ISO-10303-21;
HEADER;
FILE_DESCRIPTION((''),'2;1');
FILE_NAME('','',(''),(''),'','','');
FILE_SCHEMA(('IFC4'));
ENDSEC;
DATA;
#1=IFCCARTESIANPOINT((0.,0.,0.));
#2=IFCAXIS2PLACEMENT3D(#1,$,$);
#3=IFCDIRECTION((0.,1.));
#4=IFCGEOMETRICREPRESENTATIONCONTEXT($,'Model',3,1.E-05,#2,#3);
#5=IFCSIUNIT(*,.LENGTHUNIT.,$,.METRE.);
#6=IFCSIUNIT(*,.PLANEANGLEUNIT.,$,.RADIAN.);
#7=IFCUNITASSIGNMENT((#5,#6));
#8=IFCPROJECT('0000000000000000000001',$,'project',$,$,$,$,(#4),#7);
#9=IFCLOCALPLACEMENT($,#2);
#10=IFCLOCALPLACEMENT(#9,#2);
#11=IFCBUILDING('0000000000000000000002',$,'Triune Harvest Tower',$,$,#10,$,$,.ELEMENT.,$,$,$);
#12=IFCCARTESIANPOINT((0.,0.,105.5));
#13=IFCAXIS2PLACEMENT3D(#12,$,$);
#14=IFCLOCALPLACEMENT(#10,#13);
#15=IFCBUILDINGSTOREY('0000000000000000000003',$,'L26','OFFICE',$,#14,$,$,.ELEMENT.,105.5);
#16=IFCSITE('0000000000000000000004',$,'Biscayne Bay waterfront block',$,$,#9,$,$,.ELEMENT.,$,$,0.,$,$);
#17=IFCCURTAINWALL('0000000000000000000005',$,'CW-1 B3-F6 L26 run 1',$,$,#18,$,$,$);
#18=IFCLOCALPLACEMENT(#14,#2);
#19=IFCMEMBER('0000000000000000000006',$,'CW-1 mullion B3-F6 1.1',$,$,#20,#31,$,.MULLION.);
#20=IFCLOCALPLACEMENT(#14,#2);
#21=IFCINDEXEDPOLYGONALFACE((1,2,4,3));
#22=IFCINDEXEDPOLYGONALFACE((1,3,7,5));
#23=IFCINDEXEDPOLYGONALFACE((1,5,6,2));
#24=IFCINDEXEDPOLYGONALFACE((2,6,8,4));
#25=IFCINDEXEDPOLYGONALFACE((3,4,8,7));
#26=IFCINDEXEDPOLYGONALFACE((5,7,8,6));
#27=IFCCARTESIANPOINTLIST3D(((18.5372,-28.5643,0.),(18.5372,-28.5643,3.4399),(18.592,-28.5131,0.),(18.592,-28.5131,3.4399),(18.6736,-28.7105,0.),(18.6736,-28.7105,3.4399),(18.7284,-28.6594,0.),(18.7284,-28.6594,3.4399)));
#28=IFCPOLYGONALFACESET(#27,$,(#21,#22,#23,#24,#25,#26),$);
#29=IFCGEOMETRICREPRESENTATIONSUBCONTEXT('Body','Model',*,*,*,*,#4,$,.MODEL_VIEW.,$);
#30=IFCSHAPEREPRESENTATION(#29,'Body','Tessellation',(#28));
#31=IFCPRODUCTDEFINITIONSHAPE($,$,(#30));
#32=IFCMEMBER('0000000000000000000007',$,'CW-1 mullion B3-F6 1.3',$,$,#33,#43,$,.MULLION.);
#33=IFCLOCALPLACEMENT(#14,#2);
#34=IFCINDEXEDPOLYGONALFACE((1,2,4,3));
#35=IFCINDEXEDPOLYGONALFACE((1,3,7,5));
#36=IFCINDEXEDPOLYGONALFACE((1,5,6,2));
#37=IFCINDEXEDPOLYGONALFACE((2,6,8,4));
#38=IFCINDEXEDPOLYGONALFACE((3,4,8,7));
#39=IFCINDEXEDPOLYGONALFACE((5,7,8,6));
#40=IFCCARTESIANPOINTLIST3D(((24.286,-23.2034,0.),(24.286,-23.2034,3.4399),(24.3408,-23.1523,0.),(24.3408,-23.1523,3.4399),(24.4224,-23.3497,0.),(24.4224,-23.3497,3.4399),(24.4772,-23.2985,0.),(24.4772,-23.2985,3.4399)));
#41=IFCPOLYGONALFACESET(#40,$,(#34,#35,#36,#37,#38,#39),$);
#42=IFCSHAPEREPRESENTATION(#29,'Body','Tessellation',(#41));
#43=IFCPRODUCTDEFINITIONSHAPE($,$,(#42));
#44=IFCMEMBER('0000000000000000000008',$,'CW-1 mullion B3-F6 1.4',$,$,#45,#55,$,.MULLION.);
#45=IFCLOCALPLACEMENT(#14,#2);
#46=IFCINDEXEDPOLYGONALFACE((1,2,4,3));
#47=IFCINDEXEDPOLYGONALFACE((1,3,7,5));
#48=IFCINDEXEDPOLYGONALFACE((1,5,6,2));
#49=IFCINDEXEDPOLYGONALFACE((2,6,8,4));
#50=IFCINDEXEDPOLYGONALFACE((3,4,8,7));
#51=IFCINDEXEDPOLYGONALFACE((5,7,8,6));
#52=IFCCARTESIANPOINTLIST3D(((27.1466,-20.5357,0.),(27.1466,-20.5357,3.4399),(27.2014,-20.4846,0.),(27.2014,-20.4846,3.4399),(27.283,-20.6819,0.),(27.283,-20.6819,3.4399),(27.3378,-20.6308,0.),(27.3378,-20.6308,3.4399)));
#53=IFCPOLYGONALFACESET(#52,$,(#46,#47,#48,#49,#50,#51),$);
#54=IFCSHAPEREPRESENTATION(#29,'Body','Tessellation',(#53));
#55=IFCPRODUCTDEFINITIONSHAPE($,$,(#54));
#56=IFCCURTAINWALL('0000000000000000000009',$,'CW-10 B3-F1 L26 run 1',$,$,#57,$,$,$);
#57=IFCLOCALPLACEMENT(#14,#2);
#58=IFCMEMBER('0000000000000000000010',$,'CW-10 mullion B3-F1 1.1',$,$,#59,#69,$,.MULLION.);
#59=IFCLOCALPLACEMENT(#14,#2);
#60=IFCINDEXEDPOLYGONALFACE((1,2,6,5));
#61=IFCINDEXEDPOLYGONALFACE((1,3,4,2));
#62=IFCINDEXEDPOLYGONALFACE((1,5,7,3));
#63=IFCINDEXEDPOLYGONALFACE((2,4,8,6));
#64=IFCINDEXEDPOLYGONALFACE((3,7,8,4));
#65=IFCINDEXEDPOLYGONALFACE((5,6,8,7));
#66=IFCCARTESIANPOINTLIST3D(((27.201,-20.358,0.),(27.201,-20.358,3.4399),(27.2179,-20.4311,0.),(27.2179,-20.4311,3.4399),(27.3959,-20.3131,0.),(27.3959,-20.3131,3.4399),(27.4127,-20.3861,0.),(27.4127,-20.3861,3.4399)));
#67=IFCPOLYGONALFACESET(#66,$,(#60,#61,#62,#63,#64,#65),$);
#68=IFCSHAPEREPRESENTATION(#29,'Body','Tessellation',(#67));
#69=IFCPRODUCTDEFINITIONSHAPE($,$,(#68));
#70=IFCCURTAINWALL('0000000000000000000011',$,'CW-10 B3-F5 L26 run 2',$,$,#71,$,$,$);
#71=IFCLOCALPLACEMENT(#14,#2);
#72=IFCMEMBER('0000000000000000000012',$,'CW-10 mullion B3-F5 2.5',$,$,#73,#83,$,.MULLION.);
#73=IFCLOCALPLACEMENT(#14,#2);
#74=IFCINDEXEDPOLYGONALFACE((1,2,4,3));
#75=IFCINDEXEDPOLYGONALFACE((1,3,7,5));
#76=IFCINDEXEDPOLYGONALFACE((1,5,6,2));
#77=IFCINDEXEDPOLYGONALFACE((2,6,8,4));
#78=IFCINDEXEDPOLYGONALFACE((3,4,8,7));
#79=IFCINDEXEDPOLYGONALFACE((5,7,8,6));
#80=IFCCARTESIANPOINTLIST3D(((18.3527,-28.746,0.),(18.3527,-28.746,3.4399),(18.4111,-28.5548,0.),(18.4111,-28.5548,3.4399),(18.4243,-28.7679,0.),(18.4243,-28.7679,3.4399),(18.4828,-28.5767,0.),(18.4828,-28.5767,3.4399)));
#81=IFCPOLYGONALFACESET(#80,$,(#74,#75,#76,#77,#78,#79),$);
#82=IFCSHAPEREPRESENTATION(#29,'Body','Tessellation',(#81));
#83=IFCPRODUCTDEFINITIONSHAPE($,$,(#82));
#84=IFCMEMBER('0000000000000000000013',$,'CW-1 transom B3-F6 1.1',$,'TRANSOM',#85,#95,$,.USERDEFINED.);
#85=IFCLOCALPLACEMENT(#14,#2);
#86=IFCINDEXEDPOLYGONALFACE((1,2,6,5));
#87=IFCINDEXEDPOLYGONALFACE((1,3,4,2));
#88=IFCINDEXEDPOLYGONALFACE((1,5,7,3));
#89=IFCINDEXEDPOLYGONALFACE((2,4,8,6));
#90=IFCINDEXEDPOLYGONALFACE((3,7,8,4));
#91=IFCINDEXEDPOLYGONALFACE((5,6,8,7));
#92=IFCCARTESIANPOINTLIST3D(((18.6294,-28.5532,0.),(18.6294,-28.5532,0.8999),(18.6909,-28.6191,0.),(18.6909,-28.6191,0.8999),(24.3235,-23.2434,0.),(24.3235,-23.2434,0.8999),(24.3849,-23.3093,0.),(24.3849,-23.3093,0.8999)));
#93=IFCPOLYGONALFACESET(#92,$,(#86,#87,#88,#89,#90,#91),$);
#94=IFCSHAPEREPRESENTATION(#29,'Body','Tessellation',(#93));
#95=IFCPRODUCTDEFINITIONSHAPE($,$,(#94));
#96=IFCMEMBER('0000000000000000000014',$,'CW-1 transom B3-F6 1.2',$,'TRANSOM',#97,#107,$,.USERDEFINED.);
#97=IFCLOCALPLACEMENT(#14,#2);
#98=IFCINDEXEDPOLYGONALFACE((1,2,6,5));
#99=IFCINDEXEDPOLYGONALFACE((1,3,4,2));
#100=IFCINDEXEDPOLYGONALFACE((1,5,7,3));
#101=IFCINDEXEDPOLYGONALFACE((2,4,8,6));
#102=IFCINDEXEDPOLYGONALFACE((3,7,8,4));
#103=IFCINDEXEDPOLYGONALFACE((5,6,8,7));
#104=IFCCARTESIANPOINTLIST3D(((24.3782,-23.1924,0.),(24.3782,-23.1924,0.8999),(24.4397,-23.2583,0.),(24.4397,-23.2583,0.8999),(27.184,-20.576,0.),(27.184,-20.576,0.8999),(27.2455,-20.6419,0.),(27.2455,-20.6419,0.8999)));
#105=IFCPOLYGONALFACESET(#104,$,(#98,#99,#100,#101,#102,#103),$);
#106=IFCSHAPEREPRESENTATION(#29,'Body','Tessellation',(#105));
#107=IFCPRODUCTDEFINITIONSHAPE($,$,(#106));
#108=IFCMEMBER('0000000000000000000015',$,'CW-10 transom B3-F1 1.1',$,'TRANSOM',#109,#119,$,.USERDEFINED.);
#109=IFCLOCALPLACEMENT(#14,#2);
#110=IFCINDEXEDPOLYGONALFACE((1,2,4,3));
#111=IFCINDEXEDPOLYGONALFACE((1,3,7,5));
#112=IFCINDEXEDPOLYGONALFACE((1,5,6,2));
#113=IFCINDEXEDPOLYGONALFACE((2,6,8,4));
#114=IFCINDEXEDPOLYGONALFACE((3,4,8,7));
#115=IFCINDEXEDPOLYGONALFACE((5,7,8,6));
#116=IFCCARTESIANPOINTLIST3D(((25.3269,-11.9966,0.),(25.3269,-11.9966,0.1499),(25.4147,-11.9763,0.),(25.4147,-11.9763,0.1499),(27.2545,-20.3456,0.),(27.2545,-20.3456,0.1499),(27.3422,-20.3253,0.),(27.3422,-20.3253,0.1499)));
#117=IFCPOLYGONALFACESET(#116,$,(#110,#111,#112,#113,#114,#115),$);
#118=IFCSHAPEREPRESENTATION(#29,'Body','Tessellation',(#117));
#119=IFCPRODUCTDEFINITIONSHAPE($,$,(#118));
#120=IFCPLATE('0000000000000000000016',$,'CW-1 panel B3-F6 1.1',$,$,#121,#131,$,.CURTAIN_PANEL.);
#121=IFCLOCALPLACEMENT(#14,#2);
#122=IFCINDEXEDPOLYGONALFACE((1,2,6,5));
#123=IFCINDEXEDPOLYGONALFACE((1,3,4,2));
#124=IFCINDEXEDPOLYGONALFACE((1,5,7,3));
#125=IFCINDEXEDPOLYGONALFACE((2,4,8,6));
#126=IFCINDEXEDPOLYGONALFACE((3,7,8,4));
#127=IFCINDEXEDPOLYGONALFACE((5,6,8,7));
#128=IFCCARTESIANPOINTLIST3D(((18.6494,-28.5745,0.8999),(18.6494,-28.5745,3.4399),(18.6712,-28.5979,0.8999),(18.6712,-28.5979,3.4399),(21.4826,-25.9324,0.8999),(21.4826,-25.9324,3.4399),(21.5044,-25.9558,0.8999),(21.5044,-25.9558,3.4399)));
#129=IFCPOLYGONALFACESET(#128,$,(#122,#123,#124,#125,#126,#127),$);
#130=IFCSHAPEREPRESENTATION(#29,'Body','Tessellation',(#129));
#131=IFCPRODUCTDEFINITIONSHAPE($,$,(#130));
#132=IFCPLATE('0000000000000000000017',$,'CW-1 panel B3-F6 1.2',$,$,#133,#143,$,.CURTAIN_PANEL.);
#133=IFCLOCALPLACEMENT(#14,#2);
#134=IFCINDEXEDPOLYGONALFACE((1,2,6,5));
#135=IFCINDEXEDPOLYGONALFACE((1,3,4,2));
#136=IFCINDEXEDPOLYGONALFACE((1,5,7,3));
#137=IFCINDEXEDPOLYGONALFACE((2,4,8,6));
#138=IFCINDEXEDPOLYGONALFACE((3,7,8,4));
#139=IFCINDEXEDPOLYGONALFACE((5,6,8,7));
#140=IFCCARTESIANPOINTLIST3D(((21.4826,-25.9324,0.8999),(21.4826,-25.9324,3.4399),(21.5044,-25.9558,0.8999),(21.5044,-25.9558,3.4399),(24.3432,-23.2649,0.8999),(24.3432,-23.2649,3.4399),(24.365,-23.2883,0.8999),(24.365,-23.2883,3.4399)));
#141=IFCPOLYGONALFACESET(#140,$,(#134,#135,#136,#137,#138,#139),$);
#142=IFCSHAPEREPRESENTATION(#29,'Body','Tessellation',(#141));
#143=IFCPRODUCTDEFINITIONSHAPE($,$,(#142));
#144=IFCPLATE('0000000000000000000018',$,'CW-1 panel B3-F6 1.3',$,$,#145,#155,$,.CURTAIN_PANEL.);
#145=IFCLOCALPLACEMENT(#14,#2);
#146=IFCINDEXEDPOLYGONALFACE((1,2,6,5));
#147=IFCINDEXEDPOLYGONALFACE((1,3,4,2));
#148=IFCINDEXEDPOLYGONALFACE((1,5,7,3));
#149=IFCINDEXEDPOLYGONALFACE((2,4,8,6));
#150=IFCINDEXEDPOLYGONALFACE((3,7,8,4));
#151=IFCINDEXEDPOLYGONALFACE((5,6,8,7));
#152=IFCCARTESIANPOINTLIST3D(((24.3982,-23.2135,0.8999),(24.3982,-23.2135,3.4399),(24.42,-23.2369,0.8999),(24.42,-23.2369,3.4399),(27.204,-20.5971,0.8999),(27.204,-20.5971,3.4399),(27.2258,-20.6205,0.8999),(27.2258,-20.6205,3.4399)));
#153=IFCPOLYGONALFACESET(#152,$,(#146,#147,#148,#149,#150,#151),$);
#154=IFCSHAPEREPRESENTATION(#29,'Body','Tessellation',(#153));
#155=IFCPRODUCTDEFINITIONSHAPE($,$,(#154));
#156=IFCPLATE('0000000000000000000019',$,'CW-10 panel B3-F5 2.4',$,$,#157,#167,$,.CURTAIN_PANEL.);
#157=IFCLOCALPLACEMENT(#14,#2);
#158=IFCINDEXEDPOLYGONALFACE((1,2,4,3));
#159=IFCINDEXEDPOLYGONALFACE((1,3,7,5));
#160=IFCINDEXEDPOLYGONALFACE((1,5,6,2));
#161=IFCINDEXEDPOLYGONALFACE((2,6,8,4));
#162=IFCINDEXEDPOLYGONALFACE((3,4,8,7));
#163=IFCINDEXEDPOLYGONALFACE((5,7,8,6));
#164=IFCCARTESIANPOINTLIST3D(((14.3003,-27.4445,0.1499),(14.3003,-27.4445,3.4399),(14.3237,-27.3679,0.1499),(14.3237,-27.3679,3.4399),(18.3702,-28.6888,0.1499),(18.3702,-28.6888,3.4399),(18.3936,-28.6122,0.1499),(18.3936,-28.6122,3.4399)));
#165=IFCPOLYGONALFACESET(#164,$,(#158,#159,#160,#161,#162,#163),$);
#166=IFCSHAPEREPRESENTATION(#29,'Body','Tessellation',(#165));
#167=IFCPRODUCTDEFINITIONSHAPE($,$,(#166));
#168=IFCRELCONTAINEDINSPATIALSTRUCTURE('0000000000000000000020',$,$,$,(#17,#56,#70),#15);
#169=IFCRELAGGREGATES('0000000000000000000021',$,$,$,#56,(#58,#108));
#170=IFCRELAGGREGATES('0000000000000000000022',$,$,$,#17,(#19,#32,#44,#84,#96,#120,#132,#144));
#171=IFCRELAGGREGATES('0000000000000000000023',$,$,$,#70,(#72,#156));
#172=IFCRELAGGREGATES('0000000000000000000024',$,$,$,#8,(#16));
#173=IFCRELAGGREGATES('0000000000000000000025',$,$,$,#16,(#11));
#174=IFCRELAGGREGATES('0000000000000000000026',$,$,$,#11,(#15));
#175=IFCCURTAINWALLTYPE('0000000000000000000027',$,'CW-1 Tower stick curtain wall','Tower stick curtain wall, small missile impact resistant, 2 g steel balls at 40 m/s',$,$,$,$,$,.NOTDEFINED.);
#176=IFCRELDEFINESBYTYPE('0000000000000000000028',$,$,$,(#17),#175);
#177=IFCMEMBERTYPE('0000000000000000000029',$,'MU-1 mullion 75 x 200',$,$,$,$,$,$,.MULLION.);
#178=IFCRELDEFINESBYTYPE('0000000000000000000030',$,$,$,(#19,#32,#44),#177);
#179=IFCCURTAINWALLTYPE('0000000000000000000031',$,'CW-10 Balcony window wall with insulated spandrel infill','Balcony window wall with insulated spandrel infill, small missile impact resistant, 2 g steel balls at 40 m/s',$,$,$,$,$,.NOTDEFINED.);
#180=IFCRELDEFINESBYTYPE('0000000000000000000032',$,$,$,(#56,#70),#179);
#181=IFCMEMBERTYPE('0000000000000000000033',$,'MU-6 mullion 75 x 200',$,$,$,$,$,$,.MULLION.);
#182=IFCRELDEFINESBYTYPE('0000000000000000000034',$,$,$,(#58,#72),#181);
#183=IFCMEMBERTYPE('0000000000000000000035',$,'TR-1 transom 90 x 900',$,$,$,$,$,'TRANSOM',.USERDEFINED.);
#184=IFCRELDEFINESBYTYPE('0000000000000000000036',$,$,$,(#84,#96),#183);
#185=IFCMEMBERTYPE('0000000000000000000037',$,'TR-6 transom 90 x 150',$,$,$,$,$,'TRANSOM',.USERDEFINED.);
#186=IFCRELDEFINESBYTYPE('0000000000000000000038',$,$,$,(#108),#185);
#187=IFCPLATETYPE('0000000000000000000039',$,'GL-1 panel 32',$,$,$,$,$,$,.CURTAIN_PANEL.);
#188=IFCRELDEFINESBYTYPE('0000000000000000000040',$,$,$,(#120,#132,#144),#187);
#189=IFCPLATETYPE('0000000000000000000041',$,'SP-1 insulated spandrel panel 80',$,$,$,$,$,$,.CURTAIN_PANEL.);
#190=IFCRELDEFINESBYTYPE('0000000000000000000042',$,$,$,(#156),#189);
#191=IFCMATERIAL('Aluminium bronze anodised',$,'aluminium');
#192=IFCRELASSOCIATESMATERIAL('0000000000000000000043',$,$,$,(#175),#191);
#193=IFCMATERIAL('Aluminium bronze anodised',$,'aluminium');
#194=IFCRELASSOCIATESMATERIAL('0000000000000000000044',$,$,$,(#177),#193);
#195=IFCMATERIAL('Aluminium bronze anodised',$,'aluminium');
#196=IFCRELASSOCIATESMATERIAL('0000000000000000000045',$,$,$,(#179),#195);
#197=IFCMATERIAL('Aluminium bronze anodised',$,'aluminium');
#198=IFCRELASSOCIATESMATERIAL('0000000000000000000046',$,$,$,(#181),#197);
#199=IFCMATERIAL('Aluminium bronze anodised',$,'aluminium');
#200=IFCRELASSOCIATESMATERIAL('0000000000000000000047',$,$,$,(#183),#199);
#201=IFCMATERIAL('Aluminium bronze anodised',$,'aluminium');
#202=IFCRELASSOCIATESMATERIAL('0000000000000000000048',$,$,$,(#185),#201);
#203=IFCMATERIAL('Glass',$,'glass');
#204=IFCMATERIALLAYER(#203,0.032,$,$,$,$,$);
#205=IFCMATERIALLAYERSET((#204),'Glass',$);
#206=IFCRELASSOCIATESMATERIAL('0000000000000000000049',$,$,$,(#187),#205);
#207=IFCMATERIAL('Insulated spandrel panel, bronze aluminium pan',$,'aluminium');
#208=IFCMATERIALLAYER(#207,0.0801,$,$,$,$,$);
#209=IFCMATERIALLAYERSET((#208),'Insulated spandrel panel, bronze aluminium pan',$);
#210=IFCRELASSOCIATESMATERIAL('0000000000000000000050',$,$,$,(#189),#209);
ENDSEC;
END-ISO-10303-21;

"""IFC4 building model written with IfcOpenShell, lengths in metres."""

from ifc_helpers import new_model, si_unit, direction, frame, origin, origin_2d, place, context, subcontext, project, spatial, rectangle, extrude, source, transform, mapped, material, layer, layer_set, material_profile, profile_set, type_object, element, aggregate, save


model = new_model("IFC4")

# Units and contexts
model_context = context("Model", 3, precision=1e-05, world=origin(), true_north=direction((0.0, 1.0)))
body_context = subcontext(model_context, "Body", "Model", "MODEL_VIEW")
ifc_project = project(units=[si_unit("LENGTHUNIT", "METRE"), si_unit("PLANEANGLEUNIT", "RADIAN")], contexts=[model_context])

# Site, building, storey
site_placement = place(None, origin())
site = spatial("IfcSite", under=ifc_project, at=site_placement, Name="Biscayne Bay waterfront block", CompositionType="ELEMENT", RefElevation=0.0)
building_placement = place(site_placement, origin())
building = spatial("IfcBuilding", under=site, at=building_placement, Name="Triune Harvest Tower", CompositionType="ELEMENT")
storey_placement = place(building_placement, frame((0.0, 0.0, 105.5)))
storey = spatial("IfcBuildingStorey", under=building, at=storey_placement, Name="L26", Description="OFFICE", CompositionType="ELEMENT", Elevation=105.5)

# Curtain wall, members
ifc_material_1 = material(Name="Aluminium bronze anodised", Category="aluminium")
curtain_wall_type_1 = type_object("IfcCurtainWallType", Name="CW-1 Tower stick curtain wall", Description="Tower stick curtain wall, small missile impact resistant, 2 g steel balls at 40 m/s", PredefinedType="NOTDEFINED", material=ifc_material_1)
curtain_wall_1_placement = place(storey_placement, origin())
curtain_wall_1 = element("IfcCurtainWall", 1, at=curtain_wall_1_placement, inside=storey, type_object=curtain_wall_type_1, Name="CW-1 B3-F6 L26 run 1")
ifc_material_2 = material(Name="Aluminium bronze anodised", Category="aluminium")
ifc_material_profile_1 = material_profile(ifc_material_2, rectangle(XDim=0.2, YDim=0.075, at=origin_2d()), Name="MU-1 mullion 75 x 200")
ifc_profile_set_1 = profile_set([ifc_material_profile_1], Name="Aluminium bronze anodised")
member_type_1 = type_object("IfcMemberType", Name="MU-1 mullion 75 x 200", PredefinedType="MULLION", material=ifc_profile_set_1)
shared_shape_1 = source(origin(), body_context, "Body", "SweptSolid", [
    extrude(rectangle(XDim=0.2, YDim=0.075, at=origin_2d()), origin(), (0.0, 0.0, 1.0), 3.4399),
])
member_1_placement = place(storey_placement, frame((18.6328, -28.6118, 0.0), z_axis=(0.0, 0.0, 1.0), x_axis=(-0.682002, 0.73135, 0.0)))
member_1 = element("IfcMember", 2, at=member_1_placement, type_object=member_type_1, Name="CW-1 mullion B3-F6 1.1", PredefinedType="MULLION", context=body_context, shape_type="MappedRepresentation", body=[
    mapped(shared_shape_1, transform((0.0, 0.0, 0.0), scale=1.0)),
])
member_2_placement = place(storey_placement, frame((24.3816, -23.251, 0.0), z_axis=(0.0, 0.0, 1.0), x_axis=(-0.682002, 0.73135, 0.0)))
member_2 = element("IfcMember", 3, at=member_2_placement, type_object=member_type_1, Name="CW-1 mullion B3-F6 1.3", PredefinedType="MULLION", context=body_context, shape_type="MappedRepresentation", body=[
    mapped(shared_shape_1, transform((0.0, 0.0, 0.0), scale=1.0)),
])
member_3_placement = place(storey_placement, frame((27.2422, -20.5833, 0.0), z_axis=(0.0, 0.0, 1.0), x_axis=(-0.682002, 0.73135, 0.0)))
member_3 = element("IfcMember", 4, at=member_3_placement, type_object=member_type_1, Name="CW-1 mullion B3-F6 1.4", PredefinedType="MULLION", context=body_context, shape_type="MappedRepresentation", body=[
    mapped(shared_shape_1, transform((0.0, 0.0, 0.0), scale=1.0)),
])

# Curtain walls, members
ifc_material_3 = material(Name="Aluminium bronze anodised", Category="aluminium")
curtain_wall_type_2 = type_object("IfcCurtainWallType", Name="CW-10 Balcony window wall with insulated spandrel infill", Description="Balcony window wall with insulated spandrel infill, small missile impact resistant, 2 g steel balls at 40 m/s", PredefinedType="NOTDEFINED", material=ifc_material_3)
curtain_wall_2_placement = place(storey_placement, origin())
curtain_wall_2 = element("IfcCurtainWall", 5, at=curtain_wall_2_placement, inside=storey, type_object=curtain_wall_type_2, Name="CW-10 B3-F1 L26 run 1")
ifc_material_4 = material(Name="Aluminium bronze anodised", Category="aluminium")
ifc_material_profile_2 = material_profile(ifc_material_4, rectangle(XDim=0.2, YDim=0.075, at=origin_2d()), Name="MU-6 mullion 75 x 200")
ifc_profile_set_2 = profile_set([ifc_material_profile_2], Name="Aluminium bronze anodised")
member_type_2 = type_object("IfcMemberType", Name="MU-6 mullion 75 x 200", PredefinedType="MULLION", material=ifc_profile_set_2)
shared_shape_2 = source(origin(), body_context, "Body", "SweptSolid", [
    extrude(rectangle(XDim=0.2, YDim=0.075, at=origin_2d()), origin(), (0.0, 0.0, 1.0), 3.4399),
])
member_4_placement = place(storey_placement, frame((27.3069, -20.3721, 0.0), z_axis=(0.0, 0.0, 1.0), x_axis=(-0.974371, -0.224949, 0.0)))
member_4 = element("IfcMember", 6, at=member_4_placement, type_object=member_type_2, Name="CW-10 mullion B3-F1 1.1", PredefinedType="MULLION", context=body_context, shape_type="MappedRepresentation", body=[
    mapped(shared_shape_2, transform((0.0, 0.0, 0.0), scale=1.0)),
])
curtain_wall_3_placement = place(storey_placement, origin())
curtain_wall_3 = element("IfcCurtainWall", 7, at=curtain_wall_3_placement, inside=storey, type_object=curtain_wall_type_2, Name="CW-10 B3-F5 L26 run 2")
member_5_placement = place(storey_placement, frame((18.4177, -28.6614, 0.0), z_axis=(0.0, 0.0, 1.0), x_axis=(0.292373, 0.956304, 0.0)))
member_5 = element("IfcMember", 8, at=member_5_placement, type_object=member_type_2, Name="CW-10 mullion B3-F5 2.5", PredefinedType="MULLION", context=body_context, shape_type="MappedRepresentation", body=[
    mapped(shared_shape_2, transform((0.0, 0.0, 0.0), scale=1.0)),
])

# Members
ifc_material_5 = material(Name="Aluminium bronze anodised", Category="aluminium")
ifc_material_profile_3 = material_profile(ifc_material_5, rectangle(XDim=0.0901, YDim=0.8999, at=origin_2d()), Name="TR-1 transom 90 x 900")
ifc_profile_set_3 = profile_set([ifc_material_profile_3], Name="Aluminium bronze anodised")
member_type_3 = type_object("IfcMemberType", Name="TR-1 transom 90 x 900", ElementType="TRANSOM", PredefinedType="USERDEFINED", material=ifc_profile_set_3)
shared_shape_3 = source(origin(), body_context, "Body", "SweptSolid", [
    extrude(rectangle(XDim=0.0901, YDim=0.8999, at=origin_2d()), origin(), (0.0, 0.0, 1.0), 7.7856),
])
member_6_placement = place(storey_placement, frame((18.6602, -28.5862, 0.45), z_axis=(0.731354, 0.681998, 0.0), x_axis=(-0.681998, 0.731354, 0.0)))
member_6 = element("IfcMember", 9, at=member_6_placement, type_object=member_type_3, Name="CW-1 transom B3-F6 1.1", ObjectType="TRANSOM", PredefinedType="USERDEFINED", context=body_context, shape_type="MappedRepresentation", body=[
    mapped(shared_shape_3, transform((0.0, 0.0, 0.0), scale=1.0)),
])
shared_shape_4 = source(origin(), body_context, "Body", "SweptSolid", [
    extrude(rectangle(XDim=0.0901, YDim=0.8999, at=origin_2d()), origin(), (0.0, 0.0, 1.0), 3.8364),
])
member_7_placement = place(storey_placement, frame((24.4089, -23.2253, 0.45), z_axis=(0.731366, 0.681985, 0.0), x_axis=(-0.681985, 0.731366, 0.0)))
member_7 = element("IfcMember", 10, at=member_7_placement, type_object=member_type_3, Name="CW-1 transom B3-F6 1.2", ObjectType="TRANSOM", PredefinedType="USERDEFINED", context=body_context, shape_type="MappedRepresentation", body=[
    mapped(shared_shape_4, transform((0.0, 0.0, 0.0), scale=1.0)),
])
ifc_material_6 = material(Name="Aluminium bronze anodised", Category="aluminium")
ifc_material_profile_4 = material_profile(ifc_material_6, rectangle(XDim=0.0901, YDim=0.1499, at=origin_2d()), Name="TR-6 transom 90 x 150")
ifc_profile_set_4 = profile_set([ifc_material_profile_4], Name="Aluminium bronze anodised")
member_type_4 = type_object("IfcMemberType", Name="TR-6 transom 90 x 150", ElementType="TRANSOM", PredefinedType="USERDEFINED", material=ifc_profile_set_4)
shared_shape_5 = source(origin(), body_context, "Body", "SweptSolid", [
    extrude(rectangle(XDim=0.0901, YDim=0.1499, at=origin_2d()), origin(), (0.0, 0.0, 1.0), 8.5686),
])
member_8_placement = place(storey_placement, frame((27.2983, -20.3354, 0.075), z_axis=(-0.224951, 0.97437, 0.0), x_axis=(-0.97437, -0.224951, 0.0)))
member_8 = element("IfcMember", 11, at=member_8_placement, type_object=member_type_4, Name="CW-10 transom B3-F1 1.1", ObjectType="TRANSOM", PredefinedType="USERDEFINED", context=body_context, shape_type="MappedRepresentation", body=[
    mapped(shared_shape_5, transform((0.0, 0.0, 0.0), scale=1.0)),
])
aggregate(curtain_wall_2, [member_4, member_8])

# Plates
ifc_material_7 = material(Name="Glass", Category="glass")
ifc_layer_1 = layer(ifc_material_7, 0.032)
ifc_layer_set_1 = layer_set([ifc_layer_1], Name="Glass")
plate_type_1 = type_object("IfcPlateType", Name="GL-1 panel 32", PredefinedType="CURTAIN_PANEL", material=ifc_layer_set_1)
shared_shape_6 = source(origin(), body_context, "Body", "SweptSolid", [
    extrude(rectangle(XDim=3.874, YDim=0.032, at=origin_2d()), origin(), (0.0, 0.0, 1.0), 2.54),
])
plate_1_placement = place(storey_placement, frame((20.0769, -27.2651, 0.8999), z_axis=(0.0, 0.0, 1.0), x_axis=(0.73135, 0.682002, 0.0)))
plate_1 = element("IfcPlate", 12, at=plate_1_placement, type_object=plate_type_1, Name="CW-1 panel B3-F6 1.1", PredefinedType="CURTAIN_PANEL", context=body_context, shape_type="MappedRepresentation", body=[
    mapped(shared_shape_6, transform((0.0, 0.0, 0.0), scale=1.0)),
])
shared_shape_7 = source(origin(), body_context, "Body", "SweptSolid", [
    extrude(rectangle(XDim=3.9114, YDim=0.032, at=origin_2d()), origin(), (0.0, 0.0, 1.0), 2.54),
])
plate_2_placement = place(storey_placement, frame((22.9238, -24.6104, 0.8999), z_axis=(0.0, 0.0, 1.0), x_axis=(0.73135, 0.682002, 0.0)))
plate_2 = element("IfcPlate", 13, at=plate_2_placement, type_object=plate_type_1, Name="CW-1 panel B3-F6 1.2", PredefinedType="CURTAIN_PANEL", context=body_context, shape_type="MappedRepresentation", body=[
    mapped(shared_shape_7, transform((0.0, 0.0, 0.0), scale=1.0)),
])
shared_shape_8 = source(origin(), body_context, "Body", "SweptSolid", [
    extrude(rectangle(XDim=3.8364, YDim=0.032, at=origin_2d()), origin(), (0.0, 0.0, 1.0), 2.54),
])
plate_3_placement = place(storey_placement, frame((25.812, -21.917, 0.8999), z_axis=(0.0, 0.0, 1.0), x_axis=(0.73135, 0.682002, 0.0)))
plate_3 = element("IfcPlate", 14, at=plate_3_placement, type_object=plate_type_1, Name="CW-1 panel B3-F6 1.3", PredefinedType="CURTAIN_PANEL", context=body_context, shape_type="MappedRepresentation", body=[
    mapped(shared_shape_8, transform((0.0, 0.0, 0.0), scale=1.0)),
])
aggregate(curtain_wall_1, [member_1, member_2, member_3, member_6, member_7, plate_1, plate_2, plate_3])
ifc_material_8 = material(Name="Insulated spandrel panel, bronze aluminium pan", Category="aluminium")
ifc_layer_2 = layer(ifc_material_8, 0.0801)
ifc_layer_set_2 = layer_set([ifc_layer_2], Name="Insulated spandrel panel, bronze aluminium pan")
plate_type_2 = type_object("IfcPlateType", Name="SP-1 insulated spandrel panel 80", PredefinedType="CURTAIN_PANEL", material=ifc_layer_set_2)
shared_shape_9 = source(origin(), body_context, "Body", "SweptSolid", [
    extrude(rectangle(XDim=4.2559, YDim=0.0801, at=origin_2d()), origin(), (0.0, 0.0, 1.0), 3.29),
])
plate_4_placement = place(storey_placement, frame((16.3469, -28.0283, 0.1499), z_axis=(0.0, 0.0, 1.0), x_axis=(0.956304, -0.292373, 0.0)))
plate_4 = element("IfcPlate", 15, at=plate_4_placement, type_object=plate_type_2, Name="CW-10 panel B3-F5 2.4", PredefinedType="CURTAIN_PANEL", context=body_context, shape_type="MappedRepresentation", body=[
    mapped(shared_shape_9, transform((0.0, 0.0, 0.0), scale=1.0)),
])
aggregate(curtain_wall_3, [member_5, plate_4])

save(model, "model.ifc")
